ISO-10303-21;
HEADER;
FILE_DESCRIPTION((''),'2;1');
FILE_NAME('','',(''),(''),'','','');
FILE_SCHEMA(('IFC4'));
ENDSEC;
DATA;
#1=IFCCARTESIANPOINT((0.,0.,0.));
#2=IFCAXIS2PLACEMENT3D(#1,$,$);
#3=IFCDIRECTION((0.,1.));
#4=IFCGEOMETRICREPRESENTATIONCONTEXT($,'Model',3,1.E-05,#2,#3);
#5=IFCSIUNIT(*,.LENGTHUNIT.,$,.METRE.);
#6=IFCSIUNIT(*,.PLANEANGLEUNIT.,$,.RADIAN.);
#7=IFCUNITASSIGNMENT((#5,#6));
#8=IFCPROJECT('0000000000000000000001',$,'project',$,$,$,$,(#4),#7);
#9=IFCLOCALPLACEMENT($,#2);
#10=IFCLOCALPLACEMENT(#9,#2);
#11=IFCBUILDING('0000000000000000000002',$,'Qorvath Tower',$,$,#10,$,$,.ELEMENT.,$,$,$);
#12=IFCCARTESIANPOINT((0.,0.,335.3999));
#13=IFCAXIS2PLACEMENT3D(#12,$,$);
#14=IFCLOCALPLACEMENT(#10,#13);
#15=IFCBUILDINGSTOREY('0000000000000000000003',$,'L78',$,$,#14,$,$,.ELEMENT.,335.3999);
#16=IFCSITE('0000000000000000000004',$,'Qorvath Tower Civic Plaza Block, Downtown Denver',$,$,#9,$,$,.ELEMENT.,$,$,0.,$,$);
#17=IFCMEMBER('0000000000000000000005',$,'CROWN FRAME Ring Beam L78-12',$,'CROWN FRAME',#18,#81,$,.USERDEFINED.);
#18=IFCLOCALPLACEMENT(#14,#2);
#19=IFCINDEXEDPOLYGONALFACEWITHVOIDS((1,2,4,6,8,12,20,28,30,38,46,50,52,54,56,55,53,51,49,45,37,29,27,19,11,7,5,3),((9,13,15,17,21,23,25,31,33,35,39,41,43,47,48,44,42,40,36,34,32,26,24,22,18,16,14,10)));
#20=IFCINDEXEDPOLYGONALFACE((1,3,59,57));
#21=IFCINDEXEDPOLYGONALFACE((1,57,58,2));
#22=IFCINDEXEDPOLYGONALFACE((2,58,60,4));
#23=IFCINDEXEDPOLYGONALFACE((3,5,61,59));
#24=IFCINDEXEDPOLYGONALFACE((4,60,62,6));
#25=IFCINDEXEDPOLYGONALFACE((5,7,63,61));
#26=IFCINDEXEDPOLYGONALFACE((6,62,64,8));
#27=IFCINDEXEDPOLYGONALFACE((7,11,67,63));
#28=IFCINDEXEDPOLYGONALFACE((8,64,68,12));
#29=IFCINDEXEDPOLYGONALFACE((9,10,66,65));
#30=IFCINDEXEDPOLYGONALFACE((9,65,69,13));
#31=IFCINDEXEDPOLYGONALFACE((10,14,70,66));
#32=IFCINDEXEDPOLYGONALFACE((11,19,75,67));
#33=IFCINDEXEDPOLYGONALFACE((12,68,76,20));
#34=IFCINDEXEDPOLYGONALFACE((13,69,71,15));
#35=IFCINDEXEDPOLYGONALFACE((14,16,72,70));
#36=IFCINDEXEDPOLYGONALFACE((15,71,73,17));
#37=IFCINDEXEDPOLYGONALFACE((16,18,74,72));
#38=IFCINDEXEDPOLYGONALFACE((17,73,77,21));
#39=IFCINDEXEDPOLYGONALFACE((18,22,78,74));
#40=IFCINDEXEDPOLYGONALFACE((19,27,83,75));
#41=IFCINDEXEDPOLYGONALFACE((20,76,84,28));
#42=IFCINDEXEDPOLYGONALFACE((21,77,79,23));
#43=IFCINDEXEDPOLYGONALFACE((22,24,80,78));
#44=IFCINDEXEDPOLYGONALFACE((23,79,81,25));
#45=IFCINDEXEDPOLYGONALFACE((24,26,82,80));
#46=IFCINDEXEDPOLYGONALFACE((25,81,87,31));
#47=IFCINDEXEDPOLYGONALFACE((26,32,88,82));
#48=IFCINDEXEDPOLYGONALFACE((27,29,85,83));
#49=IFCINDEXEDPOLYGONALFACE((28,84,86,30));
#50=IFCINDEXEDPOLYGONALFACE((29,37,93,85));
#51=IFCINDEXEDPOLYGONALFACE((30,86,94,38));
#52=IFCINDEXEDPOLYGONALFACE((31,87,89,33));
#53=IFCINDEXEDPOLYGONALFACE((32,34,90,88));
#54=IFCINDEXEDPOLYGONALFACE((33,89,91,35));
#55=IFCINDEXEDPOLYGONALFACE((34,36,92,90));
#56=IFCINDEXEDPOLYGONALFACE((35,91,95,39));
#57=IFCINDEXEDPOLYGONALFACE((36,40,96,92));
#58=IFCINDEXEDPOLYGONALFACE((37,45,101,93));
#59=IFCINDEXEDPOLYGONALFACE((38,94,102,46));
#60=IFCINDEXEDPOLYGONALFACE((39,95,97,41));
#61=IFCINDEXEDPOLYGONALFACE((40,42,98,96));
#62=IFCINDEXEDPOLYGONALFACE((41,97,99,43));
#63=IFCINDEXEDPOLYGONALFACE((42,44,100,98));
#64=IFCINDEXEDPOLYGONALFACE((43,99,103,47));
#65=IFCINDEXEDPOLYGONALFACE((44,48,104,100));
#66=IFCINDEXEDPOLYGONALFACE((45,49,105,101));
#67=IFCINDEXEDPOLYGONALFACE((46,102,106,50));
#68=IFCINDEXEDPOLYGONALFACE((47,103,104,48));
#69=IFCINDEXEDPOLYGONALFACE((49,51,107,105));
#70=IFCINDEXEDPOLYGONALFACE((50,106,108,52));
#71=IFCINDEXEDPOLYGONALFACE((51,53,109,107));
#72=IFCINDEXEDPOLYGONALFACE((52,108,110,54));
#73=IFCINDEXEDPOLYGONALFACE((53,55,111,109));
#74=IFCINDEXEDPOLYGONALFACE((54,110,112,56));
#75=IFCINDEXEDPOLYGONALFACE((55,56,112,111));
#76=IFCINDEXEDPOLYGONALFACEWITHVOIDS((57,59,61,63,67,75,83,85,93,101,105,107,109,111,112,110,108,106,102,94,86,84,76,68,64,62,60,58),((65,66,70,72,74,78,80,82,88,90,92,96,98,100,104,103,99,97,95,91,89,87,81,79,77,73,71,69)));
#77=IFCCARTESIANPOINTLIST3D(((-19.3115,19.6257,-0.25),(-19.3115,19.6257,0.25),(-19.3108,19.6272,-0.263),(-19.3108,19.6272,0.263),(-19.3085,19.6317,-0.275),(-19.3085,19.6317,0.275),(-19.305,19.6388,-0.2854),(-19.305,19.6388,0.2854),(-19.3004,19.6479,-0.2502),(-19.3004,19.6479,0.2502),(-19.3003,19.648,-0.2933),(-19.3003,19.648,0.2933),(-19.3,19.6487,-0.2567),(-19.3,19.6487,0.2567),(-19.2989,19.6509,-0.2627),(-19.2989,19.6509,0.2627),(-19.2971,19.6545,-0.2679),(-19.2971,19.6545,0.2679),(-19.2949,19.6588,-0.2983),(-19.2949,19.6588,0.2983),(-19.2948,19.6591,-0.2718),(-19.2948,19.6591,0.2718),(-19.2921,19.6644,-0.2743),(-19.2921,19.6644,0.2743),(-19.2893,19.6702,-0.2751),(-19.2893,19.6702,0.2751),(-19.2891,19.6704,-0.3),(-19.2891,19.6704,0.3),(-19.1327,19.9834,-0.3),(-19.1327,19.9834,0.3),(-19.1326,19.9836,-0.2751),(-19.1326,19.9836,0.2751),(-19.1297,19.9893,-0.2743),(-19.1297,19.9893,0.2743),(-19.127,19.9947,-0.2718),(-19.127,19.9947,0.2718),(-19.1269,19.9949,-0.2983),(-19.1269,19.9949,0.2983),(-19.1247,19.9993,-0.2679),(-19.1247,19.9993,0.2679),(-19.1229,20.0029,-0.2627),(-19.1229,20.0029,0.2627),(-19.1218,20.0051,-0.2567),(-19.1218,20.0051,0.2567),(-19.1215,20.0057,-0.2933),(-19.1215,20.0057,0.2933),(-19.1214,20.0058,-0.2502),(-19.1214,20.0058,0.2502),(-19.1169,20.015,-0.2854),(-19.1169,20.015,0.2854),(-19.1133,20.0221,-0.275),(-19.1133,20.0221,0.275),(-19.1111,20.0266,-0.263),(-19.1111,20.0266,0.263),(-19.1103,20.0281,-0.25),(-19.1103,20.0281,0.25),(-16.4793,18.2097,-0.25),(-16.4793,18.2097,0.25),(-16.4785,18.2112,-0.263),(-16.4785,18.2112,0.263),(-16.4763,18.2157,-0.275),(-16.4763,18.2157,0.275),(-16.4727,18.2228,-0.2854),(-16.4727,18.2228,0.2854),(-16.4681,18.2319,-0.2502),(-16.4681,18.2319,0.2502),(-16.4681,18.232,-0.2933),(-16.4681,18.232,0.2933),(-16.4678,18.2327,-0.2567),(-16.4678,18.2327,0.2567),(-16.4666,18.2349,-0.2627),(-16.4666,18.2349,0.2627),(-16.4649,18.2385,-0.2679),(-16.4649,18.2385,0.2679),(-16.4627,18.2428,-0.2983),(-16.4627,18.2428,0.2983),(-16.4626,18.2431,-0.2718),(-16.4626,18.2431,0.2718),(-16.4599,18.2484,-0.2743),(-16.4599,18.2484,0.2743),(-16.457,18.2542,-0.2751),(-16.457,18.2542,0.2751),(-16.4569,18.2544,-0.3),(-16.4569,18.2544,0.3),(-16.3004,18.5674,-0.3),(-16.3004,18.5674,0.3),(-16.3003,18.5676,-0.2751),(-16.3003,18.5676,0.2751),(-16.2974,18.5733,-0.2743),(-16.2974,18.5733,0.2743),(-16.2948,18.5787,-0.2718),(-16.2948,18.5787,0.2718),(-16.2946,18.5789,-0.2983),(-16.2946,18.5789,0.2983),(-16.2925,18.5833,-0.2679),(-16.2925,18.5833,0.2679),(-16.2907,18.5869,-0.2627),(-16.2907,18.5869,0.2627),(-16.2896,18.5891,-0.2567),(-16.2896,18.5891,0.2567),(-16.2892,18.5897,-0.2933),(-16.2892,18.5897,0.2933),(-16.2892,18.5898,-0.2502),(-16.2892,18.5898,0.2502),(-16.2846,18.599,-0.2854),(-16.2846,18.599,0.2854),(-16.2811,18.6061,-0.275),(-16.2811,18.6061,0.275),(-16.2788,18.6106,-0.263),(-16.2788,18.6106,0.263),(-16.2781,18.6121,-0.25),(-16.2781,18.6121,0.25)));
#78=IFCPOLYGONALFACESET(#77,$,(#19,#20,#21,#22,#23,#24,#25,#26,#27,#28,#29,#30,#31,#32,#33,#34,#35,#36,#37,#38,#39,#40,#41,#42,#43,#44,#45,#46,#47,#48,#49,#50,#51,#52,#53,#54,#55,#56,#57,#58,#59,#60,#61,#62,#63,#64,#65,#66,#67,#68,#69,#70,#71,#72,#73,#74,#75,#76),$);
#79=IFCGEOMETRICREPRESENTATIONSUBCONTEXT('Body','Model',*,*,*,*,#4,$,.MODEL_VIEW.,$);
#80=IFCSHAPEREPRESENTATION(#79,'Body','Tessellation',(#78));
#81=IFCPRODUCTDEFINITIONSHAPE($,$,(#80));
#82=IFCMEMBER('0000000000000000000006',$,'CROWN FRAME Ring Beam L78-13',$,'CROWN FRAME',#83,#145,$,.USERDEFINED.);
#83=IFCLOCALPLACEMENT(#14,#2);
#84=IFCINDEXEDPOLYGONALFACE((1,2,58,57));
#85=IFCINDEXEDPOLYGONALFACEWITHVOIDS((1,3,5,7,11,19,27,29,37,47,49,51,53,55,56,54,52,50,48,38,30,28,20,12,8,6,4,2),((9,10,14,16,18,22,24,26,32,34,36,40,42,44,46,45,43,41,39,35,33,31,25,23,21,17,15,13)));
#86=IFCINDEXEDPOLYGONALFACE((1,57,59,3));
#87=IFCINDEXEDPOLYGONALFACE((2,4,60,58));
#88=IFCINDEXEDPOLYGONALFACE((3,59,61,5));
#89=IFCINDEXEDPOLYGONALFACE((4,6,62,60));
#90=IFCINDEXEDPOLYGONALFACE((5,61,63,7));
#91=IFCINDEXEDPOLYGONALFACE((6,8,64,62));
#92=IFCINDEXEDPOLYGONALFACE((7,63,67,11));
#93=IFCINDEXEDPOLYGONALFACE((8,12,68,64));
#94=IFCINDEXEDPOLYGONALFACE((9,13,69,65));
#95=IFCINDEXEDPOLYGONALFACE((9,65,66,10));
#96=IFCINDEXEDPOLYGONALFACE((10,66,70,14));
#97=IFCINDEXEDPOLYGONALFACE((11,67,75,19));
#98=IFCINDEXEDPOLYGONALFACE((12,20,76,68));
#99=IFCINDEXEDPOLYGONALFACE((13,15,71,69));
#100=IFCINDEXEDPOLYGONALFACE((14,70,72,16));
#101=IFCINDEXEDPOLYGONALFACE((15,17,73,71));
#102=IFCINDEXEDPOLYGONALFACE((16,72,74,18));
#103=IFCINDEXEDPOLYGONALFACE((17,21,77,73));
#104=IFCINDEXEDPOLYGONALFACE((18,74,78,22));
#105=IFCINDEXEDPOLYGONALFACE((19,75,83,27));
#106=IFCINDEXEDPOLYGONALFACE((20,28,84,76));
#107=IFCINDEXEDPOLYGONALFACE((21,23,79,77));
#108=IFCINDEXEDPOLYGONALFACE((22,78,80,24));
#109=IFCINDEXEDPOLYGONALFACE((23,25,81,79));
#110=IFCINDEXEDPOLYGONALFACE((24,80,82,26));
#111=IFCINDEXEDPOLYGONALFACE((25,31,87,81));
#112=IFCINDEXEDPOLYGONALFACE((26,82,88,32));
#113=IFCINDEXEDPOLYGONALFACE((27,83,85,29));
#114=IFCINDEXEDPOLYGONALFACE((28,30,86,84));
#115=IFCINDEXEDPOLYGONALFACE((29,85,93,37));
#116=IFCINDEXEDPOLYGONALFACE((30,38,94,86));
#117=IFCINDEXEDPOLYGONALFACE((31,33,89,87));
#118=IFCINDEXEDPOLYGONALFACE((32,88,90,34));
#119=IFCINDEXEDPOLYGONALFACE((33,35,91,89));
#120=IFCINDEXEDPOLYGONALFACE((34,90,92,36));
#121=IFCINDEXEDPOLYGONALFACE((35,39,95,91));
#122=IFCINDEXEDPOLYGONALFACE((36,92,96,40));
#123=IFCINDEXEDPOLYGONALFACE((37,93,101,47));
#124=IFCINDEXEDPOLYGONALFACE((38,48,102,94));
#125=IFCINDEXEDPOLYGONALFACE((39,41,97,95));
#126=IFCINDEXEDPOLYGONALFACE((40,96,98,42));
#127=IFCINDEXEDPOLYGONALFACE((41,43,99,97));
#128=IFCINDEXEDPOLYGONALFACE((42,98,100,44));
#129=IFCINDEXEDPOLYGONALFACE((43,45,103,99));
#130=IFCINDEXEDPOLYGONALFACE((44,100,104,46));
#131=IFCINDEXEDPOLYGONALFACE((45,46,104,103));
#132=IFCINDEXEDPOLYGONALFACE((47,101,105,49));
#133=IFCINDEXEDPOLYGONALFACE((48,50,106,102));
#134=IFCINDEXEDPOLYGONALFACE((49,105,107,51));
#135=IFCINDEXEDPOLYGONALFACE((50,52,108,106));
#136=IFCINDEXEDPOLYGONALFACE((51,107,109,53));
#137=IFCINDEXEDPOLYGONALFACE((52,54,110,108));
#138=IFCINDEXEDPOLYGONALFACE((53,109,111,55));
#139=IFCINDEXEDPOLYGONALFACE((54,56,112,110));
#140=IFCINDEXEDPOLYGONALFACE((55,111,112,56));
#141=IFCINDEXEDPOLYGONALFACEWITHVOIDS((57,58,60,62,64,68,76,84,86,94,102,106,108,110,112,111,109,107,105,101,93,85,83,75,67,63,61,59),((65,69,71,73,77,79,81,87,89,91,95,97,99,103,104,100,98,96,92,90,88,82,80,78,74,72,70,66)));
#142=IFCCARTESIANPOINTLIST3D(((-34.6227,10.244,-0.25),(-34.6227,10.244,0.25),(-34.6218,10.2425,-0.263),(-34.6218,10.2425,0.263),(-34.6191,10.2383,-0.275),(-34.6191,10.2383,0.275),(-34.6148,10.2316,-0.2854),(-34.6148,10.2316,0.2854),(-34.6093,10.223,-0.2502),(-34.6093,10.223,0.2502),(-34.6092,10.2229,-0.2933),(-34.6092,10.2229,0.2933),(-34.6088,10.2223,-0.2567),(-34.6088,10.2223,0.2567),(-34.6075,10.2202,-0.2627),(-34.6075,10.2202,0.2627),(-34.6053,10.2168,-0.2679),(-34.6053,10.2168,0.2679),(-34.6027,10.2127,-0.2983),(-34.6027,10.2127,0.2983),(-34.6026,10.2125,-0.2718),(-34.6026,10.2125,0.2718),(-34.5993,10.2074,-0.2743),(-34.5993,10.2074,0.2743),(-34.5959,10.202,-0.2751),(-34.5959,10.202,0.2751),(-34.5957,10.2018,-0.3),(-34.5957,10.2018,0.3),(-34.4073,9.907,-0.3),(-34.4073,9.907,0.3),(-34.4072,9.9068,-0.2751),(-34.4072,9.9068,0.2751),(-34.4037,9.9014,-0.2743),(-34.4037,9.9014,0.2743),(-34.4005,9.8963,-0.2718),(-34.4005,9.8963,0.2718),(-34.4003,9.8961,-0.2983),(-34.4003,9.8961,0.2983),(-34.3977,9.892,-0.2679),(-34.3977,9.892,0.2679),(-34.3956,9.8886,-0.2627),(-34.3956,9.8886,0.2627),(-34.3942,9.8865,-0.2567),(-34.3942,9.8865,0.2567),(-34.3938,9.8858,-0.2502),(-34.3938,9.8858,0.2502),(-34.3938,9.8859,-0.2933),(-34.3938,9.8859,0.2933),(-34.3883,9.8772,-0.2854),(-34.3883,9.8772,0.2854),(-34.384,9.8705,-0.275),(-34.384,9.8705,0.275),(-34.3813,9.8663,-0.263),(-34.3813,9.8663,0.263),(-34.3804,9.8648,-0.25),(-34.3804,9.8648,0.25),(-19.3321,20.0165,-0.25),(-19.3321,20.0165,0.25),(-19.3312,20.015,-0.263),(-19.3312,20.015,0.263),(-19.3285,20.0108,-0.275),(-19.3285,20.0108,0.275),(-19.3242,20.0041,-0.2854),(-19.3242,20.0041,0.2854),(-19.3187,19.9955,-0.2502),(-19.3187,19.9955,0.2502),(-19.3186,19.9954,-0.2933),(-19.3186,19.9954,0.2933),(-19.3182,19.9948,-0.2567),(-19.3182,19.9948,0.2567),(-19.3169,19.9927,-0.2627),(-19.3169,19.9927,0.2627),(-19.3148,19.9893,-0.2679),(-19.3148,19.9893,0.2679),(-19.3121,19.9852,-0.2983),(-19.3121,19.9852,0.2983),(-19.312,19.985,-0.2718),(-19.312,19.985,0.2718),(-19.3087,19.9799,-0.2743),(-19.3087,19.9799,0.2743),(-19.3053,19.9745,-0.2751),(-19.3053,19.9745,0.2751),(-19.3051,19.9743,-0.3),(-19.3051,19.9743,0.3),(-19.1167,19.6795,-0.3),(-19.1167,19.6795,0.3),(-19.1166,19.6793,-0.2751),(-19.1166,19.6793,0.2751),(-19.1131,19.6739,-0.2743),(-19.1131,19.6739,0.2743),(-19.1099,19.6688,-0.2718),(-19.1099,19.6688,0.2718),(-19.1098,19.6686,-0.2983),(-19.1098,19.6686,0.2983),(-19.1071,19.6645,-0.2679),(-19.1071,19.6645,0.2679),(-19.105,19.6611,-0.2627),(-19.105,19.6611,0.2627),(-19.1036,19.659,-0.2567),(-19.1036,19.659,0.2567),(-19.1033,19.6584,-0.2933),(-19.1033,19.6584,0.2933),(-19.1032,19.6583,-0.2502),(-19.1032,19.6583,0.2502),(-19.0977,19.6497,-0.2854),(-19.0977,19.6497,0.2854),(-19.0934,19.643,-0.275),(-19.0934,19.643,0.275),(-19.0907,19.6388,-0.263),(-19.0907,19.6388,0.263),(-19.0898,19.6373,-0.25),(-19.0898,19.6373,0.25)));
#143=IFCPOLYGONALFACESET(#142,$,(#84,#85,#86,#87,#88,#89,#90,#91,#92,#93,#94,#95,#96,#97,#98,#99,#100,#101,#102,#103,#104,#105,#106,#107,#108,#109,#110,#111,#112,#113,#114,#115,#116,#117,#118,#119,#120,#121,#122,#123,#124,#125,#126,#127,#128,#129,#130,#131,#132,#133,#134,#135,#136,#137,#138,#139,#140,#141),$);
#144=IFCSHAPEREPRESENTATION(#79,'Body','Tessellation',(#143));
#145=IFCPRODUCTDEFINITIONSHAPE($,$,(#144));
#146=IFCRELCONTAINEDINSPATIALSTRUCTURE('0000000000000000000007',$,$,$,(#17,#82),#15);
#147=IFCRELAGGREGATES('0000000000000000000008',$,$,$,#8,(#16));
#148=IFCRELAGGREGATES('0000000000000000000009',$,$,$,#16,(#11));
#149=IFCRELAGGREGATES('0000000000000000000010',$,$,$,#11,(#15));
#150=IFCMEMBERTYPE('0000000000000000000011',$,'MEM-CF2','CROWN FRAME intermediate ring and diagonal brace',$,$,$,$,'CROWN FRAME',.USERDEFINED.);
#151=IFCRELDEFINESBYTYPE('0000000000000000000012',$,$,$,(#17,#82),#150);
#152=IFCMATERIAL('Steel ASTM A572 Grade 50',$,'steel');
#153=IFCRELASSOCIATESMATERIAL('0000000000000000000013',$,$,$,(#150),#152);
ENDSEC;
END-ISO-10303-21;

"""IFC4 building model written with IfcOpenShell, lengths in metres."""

from ifc_helpers import new_model, si_unit, direction, frame, origin, origin_2d, place, context, subcontext, project, spatial, hollow_rectangle, extrude, material, material_profile, profile_set, type_object, element, save


model = new_model("IFC4")

# Units and contexts
model_context = context("Model", 3, precision=1e-05, world=origin(), true_north=direction((0.0, 1.0)))
body_context = subcontext(model_context, "Body", "Model", "MODEL_VIEW")
ifc_project = project(units=[si_unit("LENGTHUNIT", "METRE"), si_unit("PLANEANGLEUNIT", "RADIAN")], contexts=[model_context])

# Site, building, storey
site_placement = place(None, origin())
site = spatial("IfcSite", under=ifc_project, at=site_placement, Name="Qorvath Tower Civic Plaza Block, Downtown Denver", CompositionType="ELEMENT", RefElevation=0.0)
building_placement = place(site_placement, origin())
building = spatial("IfcBuilding", under=site, at=building_placement, Name="Qorvath Tower", CompositionType="ELEMENT")
storey_placement = place(building_placement, frame((0.0, 0.0, 335.3999)))
storey = spatial("IfcBuildingStorey", under=building, at=storey_placement, Name="L78", CompositionType="ELEMENT", Elevation=335.3999)

# Members
ifc_material_1 = material(Name="Steel ASTM A572 Grade 50", Category="steel")
ifc_material_profile_1 = material_profile(ifc_material_1, hollow_rectangle(XDim=0.45, YDim=0.6001, WallThickness=0.0249, InnerFilletRadius=0.0249, OuterFilletRadius=0.05, at=origin_2d()), Name="CROWN BOX 600x450x25")
ifc_profile_set_1 = profile_set([ifc_material_profile_1], Name="Steel ASTM A572 Grade 50")
member_type_1 = type_object("IfcMemberType", Name="MEM-CF2", Description="CROWN FRAME intermediate ring and diagonal brace", ElementType="CROWN FRAME", PredefinedType="USERDEFINED", material=ifc_profile_set_1)
member_1_placement = place(storey_placement, frame((-16.3787, 18.4109, 0.0), z_axis=(-0.894443, 0.447183, 0.0), x_axis=(-0.447183, -0.894443, 0.0)))
element("IfcMember", 1, at=member_1_placement, inside=storey, type_object=member_type_1, Name="CROWN FRAME Ring Beam L78-12", ObjectType="CROWN FRAME", PredefinedType="USERDEFINED", context=body_context, shape_type="SweptSolid", body=[
    extrude(hollow_rectangle(XDim=0.45, YDim=0.6001, WallThickness=0.0249, InnerFilletRadius=0.0249, OuterFilletRadius=0.05, at=origin_2d()), origin(), (0.0, 0.0, 1.0), 3.1665),
])
member_2_placement = place(storey_placement, frame((-19.2109, 19.8269, 0.0), z_axis=(-0.842608, -0.538527, 0.0), x_axis=(0.538527, -0.842608, 0.0)))
element("IfcMember", 2, at=member_2_placement, inside=storey, type_object=member_type_1, Name="CROWN FRAME Ring Beam L78-13", ObjectType="CROWN FRAME", PredefinedType="USERDEFINED", context=body_context, shape_type="SweptSolid", body=[
    extrude(hollow_rectangle(XDim=0.45, YDim=0.6001, WallThickness=0.0249, InnerFilletRadius=0.0249, OuterFilletRadius=0.05, at=origin_2d()), origin(), (0.0, 0.0, 1.0), 18.1467),
])

save(model, "model.ifc")
